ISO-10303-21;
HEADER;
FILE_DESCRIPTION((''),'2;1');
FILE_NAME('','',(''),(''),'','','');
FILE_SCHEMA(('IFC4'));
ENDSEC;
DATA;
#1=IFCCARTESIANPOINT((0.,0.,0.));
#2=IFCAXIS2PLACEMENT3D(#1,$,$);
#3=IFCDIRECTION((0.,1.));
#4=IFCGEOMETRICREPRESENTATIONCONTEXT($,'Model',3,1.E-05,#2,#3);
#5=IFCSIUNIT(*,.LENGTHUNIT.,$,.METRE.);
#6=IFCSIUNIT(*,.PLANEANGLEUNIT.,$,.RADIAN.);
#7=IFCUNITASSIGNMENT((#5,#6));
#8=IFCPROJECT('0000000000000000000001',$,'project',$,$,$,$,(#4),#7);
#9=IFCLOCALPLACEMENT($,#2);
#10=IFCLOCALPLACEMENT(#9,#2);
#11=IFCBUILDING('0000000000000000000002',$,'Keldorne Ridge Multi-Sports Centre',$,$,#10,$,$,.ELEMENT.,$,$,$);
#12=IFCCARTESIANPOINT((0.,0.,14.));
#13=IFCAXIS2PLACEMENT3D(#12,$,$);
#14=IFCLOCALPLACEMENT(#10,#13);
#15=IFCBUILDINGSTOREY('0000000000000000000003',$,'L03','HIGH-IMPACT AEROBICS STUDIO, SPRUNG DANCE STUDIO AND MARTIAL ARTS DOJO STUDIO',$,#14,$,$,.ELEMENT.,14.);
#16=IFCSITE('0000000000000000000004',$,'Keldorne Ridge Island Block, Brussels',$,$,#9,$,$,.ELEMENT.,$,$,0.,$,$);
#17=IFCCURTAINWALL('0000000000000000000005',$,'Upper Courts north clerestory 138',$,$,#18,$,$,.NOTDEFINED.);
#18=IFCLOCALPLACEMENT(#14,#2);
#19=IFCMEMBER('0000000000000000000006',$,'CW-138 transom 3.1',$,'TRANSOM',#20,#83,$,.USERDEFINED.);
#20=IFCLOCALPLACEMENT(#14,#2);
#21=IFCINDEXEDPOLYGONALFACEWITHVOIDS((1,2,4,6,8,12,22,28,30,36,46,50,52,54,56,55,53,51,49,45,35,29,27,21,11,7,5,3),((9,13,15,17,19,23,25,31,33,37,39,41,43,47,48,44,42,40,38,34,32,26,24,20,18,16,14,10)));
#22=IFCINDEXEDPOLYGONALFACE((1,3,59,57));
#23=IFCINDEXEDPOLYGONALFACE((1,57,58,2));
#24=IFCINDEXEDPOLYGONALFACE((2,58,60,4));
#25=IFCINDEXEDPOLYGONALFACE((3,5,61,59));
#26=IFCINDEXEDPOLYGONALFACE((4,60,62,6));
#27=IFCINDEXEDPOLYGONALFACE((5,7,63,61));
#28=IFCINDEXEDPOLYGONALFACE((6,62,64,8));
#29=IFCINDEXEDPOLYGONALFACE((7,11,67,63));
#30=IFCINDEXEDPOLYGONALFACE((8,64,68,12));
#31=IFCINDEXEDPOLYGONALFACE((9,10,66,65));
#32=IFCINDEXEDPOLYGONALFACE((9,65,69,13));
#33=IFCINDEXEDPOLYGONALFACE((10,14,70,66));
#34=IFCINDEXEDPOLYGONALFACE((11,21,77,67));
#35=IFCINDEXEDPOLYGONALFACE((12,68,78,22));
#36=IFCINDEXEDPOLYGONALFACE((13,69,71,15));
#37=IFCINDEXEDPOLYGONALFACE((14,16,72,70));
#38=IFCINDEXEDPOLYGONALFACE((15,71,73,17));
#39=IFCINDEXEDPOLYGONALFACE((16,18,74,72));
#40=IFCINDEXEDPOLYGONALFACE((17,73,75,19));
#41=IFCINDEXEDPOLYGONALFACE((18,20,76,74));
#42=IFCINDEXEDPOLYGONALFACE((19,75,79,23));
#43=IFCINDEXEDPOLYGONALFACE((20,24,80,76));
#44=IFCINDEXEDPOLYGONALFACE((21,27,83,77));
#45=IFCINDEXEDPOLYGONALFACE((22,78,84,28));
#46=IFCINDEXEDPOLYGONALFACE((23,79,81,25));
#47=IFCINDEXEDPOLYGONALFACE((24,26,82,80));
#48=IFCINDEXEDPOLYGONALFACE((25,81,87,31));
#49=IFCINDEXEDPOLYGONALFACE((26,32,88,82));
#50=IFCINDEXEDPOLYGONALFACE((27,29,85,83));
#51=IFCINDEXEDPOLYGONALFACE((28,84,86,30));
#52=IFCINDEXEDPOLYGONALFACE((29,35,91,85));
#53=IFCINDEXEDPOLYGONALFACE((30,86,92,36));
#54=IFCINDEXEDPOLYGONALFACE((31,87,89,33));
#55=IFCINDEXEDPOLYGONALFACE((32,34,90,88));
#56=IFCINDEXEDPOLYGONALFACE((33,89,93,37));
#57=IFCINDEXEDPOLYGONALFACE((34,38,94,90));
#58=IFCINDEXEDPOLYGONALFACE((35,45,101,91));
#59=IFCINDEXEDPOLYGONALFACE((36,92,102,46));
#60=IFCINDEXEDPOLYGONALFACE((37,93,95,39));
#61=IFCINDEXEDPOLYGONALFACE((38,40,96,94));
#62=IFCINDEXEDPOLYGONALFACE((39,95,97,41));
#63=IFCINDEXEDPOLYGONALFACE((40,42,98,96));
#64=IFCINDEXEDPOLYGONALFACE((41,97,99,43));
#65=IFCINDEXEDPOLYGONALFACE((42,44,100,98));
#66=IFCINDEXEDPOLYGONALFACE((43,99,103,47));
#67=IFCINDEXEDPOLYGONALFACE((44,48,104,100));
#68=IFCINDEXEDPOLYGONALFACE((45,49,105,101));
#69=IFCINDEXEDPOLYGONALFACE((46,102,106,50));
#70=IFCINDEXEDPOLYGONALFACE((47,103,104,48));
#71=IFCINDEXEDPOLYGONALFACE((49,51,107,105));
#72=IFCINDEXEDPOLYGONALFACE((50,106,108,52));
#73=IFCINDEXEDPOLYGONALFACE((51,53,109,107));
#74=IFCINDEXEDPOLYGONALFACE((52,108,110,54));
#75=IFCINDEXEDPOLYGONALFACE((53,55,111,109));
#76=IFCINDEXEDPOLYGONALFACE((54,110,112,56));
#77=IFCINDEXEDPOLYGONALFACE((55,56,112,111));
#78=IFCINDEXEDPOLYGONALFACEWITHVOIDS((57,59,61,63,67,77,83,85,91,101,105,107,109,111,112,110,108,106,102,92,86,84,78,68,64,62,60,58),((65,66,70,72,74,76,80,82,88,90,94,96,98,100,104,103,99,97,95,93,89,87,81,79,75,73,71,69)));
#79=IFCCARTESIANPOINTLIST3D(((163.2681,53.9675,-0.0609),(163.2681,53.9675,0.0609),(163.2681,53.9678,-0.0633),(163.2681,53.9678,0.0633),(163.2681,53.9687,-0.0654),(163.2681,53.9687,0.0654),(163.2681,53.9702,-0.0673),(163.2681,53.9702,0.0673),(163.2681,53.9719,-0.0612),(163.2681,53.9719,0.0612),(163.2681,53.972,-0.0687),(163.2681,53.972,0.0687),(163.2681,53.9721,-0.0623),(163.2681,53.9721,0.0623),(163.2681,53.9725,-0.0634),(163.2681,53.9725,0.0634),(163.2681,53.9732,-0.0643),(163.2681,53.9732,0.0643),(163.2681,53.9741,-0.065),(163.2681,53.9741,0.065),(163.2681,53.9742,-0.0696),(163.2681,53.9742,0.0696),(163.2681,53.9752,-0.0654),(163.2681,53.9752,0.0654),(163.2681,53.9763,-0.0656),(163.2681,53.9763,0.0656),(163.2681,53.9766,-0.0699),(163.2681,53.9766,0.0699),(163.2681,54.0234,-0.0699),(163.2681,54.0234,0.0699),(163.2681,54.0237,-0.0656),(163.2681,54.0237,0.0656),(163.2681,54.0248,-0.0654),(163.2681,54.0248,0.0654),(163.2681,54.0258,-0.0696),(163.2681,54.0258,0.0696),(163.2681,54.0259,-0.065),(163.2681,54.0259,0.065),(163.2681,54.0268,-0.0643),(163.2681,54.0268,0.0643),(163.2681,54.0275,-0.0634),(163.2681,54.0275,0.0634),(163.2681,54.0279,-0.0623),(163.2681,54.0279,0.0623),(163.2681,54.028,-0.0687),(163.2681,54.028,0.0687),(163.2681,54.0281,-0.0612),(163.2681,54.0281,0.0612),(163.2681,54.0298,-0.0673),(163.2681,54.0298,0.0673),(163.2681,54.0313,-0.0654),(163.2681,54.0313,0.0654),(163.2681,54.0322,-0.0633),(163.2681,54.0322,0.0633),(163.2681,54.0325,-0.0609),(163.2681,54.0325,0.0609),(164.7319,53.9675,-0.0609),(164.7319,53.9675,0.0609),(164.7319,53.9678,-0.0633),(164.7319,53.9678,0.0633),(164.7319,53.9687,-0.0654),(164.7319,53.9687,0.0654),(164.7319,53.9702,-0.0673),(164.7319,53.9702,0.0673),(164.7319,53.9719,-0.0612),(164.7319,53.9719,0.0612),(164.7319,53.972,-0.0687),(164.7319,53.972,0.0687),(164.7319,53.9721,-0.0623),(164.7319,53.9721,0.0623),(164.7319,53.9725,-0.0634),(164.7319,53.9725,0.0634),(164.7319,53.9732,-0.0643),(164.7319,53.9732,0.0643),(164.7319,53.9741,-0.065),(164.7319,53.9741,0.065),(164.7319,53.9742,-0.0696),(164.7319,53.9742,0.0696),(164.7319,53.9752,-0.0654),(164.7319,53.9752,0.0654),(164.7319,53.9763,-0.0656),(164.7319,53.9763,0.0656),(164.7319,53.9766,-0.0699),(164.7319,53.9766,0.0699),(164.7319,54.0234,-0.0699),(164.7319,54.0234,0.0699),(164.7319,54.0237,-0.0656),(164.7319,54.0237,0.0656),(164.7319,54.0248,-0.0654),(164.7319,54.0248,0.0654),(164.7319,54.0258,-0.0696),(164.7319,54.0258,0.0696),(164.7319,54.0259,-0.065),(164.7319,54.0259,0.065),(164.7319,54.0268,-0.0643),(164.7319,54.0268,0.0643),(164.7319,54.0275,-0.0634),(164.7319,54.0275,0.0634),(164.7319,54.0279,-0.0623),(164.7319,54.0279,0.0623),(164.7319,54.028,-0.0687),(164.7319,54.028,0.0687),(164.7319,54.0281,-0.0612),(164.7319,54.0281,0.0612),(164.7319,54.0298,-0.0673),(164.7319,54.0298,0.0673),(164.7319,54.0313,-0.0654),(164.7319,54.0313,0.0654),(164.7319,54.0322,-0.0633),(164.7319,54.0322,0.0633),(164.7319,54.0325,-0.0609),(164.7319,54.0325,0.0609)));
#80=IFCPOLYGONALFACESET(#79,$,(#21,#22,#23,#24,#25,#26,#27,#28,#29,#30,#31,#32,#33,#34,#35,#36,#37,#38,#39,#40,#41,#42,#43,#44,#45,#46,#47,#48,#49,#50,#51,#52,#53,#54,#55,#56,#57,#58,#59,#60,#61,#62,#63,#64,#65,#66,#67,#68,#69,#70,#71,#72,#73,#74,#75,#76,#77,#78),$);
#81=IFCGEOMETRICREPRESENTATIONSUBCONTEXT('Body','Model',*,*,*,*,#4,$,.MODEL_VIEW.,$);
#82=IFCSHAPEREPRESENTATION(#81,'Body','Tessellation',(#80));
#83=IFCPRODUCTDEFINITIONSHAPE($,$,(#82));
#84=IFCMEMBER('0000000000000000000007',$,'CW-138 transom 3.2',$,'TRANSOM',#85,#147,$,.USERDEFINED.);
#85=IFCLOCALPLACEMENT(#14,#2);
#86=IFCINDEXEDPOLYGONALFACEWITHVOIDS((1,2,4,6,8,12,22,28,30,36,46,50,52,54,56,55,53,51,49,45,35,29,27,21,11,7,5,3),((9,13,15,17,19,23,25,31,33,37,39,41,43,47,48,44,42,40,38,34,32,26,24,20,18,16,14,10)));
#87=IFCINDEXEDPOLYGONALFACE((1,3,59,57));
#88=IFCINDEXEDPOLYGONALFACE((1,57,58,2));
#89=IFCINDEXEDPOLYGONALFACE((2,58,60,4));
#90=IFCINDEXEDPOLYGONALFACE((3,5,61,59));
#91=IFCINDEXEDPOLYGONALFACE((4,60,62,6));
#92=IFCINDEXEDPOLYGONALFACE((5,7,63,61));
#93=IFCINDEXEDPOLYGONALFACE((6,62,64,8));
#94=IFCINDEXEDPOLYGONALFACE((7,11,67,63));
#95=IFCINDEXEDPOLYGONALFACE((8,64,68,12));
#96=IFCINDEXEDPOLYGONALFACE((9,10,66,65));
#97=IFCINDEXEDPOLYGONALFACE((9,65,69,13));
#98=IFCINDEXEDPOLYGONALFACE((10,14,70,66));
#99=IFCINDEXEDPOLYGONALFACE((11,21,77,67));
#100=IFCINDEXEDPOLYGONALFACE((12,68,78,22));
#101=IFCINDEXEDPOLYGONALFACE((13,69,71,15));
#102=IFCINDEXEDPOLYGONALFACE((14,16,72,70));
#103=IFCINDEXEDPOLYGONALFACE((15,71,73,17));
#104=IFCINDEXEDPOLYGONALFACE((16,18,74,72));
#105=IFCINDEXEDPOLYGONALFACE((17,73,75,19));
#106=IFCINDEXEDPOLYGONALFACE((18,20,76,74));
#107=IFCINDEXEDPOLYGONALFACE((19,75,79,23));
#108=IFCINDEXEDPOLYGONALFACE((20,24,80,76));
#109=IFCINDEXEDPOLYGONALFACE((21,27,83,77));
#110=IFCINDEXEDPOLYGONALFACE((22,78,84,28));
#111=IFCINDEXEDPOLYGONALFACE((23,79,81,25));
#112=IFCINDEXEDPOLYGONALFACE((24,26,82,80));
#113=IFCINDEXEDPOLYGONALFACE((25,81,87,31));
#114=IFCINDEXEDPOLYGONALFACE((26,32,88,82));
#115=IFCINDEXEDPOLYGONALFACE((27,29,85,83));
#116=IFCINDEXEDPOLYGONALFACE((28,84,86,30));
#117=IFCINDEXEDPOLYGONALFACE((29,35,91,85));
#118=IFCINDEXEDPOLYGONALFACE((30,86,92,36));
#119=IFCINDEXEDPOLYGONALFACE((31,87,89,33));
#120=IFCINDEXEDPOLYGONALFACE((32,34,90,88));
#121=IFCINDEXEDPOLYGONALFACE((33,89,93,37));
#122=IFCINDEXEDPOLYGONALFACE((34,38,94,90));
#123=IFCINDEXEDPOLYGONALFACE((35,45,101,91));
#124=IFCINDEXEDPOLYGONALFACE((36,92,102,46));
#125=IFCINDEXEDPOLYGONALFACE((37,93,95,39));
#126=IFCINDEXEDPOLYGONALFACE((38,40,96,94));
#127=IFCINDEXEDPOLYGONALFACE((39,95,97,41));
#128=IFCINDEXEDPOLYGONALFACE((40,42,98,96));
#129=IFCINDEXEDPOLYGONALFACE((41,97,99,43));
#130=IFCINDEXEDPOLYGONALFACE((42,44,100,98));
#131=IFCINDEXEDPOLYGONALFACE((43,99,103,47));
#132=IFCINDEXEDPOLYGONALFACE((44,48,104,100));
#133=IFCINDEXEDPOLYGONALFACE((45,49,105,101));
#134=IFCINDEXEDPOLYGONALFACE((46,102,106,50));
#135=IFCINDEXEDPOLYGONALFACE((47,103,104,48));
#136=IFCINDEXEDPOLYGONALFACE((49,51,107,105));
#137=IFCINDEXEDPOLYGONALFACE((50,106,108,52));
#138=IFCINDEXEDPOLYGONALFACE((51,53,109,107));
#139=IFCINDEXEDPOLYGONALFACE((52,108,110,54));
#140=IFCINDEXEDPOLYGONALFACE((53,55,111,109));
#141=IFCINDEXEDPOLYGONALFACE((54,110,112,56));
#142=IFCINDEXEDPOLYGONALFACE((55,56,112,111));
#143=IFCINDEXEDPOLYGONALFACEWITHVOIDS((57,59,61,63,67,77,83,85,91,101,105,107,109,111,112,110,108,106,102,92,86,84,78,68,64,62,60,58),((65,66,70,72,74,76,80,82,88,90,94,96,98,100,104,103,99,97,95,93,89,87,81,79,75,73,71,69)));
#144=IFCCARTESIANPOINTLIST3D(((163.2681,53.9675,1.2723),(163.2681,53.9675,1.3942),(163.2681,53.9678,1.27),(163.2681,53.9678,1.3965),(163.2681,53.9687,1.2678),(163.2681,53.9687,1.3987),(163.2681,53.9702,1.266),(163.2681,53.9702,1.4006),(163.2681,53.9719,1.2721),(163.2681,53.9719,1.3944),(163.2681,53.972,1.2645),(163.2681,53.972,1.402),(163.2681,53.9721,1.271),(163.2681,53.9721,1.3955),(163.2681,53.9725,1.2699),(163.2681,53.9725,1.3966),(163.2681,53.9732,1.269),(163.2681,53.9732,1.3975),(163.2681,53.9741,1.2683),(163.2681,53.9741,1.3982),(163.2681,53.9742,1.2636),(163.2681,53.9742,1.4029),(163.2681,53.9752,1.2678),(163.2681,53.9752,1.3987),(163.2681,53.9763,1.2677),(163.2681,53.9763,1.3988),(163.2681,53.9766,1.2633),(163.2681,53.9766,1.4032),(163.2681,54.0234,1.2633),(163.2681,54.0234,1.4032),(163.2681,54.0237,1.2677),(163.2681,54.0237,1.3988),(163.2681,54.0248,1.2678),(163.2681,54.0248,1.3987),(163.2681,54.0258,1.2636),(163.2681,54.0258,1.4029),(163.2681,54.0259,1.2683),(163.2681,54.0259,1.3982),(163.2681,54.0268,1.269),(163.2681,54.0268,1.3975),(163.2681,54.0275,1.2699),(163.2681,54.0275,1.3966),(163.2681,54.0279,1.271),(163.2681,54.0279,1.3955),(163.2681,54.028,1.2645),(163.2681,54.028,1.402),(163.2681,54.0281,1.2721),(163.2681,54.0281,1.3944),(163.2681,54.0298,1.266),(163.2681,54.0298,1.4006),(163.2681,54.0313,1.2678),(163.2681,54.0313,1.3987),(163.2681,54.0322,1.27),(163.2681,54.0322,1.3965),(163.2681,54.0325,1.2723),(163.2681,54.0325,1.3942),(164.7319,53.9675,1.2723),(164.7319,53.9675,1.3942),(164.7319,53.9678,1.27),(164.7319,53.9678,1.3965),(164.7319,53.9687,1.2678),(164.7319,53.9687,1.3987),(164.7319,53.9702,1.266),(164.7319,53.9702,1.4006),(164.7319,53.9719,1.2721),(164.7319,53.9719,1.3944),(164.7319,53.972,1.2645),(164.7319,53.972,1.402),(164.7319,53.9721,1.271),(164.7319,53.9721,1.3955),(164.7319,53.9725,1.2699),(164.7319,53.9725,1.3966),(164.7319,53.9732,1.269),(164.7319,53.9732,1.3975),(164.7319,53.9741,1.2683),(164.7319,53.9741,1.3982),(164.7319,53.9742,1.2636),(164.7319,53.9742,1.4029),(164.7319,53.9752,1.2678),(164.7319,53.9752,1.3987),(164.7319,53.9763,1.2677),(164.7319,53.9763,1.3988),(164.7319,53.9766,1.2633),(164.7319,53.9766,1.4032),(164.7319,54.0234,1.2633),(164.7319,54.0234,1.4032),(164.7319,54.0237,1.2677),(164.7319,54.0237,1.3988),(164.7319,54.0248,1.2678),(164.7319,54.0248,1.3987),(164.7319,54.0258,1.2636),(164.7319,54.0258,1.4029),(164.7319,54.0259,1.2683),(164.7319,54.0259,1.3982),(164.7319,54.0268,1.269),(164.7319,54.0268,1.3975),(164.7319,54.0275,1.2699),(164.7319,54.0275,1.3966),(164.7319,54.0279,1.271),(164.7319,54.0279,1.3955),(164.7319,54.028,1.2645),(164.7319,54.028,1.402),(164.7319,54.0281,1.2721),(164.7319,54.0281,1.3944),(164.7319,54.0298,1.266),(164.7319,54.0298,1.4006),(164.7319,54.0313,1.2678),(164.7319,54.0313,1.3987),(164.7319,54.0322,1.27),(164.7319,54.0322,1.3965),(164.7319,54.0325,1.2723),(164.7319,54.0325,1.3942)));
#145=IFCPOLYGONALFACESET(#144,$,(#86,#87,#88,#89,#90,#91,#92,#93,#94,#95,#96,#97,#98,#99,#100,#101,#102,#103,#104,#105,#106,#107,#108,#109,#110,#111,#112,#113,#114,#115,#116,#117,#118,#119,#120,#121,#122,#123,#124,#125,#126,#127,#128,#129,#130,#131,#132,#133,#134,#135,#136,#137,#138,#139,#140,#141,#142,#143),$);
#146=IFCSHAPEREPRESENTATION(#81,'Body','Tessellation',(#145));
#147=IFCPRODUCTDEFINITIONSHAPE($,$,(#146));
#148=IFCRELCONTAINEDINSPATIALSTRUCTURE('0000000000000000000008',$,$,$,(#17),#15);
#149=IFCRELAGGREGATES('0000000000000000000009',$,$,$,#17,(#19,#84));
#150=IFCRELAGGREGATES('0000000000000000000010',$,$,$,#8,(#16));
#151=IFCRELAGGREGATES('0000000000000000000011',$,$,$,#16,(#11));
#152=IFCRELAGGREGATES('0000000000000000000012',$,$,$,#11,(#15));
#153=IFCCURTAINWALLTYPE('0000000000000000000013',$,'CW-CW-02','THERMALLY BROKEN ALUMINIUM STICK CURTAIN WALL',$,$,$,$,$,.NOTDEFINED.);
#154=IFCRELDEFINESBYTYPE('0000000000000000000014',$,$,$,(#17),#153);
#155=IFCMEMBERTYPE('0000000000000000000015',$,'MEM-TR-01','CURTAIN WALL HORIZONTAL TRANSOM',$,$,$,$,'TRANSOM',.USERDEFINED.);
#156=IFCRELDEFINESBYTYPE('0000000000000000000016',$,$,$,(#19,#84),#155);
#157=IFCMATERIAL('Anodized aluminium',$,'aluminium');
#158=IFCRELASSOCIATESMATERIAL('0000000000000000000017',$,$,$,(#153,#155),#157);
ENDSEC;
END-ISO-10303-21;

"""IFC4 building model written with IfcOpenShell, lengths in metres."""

from ifc_helpers import new_model, si_unit, direction, frame, origin, origin_2d, place, context, subcontext, project, spatial, hollow_rectangle, extrude, material, material_profile, profile_set, type_object, element, aggregate, save


model = new_model("IFC4")

# Units and contexts
model_context = context("Model", 3, precision=1e-05, world=origin(), true_north=direction((0.0, 1.0)))
body_context = subcontext(model_context, "Body", "Model", "MODEL_VIEW")
ifc_project = project(units=[si_unit("LENGTHUNIT", "METRE"), si_unit("PLANEANGLEUNIT", "RADIAN")], contexts=[model_context])

# Site, building, storey
site_placement = place(None, origin())
site = spatial("IfcSite", under=ifc_project, at=site_placement, Name="Keldorne Ridge Island Block, Brussels", CompositionType="ELEMENT", RefElevation=0.0)
building_placement = place(site_placement, origin())
building = spatial("IfcBuilding", under=site, at=building_placement, Name="Keldorne Ridge Multi-Sports Centre", CompositionType="ELEMENT")
storey_placement = place(building_placement, frame((0.0, 0.0, 14.0)))
storey = spatial("IfcBuildingStorey", under=building, at=storey_placement, Name="L03", Description="HIGH-IMPACT AEROBICS STUDIO, SPRUNG DANCE STUDIO AND MARTIAL ARTS DOJO STUDIO", CompositionType="ELEMENT", Elevation=14.0)

# Curtain wall, members
ifc_material_1 = material(Name="Anodized aluminium", Category="aluminium")
curtain_wall_type = type_object("IfcCurtainWallType", Name="CW-CW-02", Description="THERMALLY BROKEN ALUMINIUM STICK CURTAIN WALL", PredefinedType="NOTDEFINED", material=ifc_material_1)
curtain_wall_placement = place(storey_placement, origin())
curtain_wall = element("IfcCurtainWall", 1, at=curtain_wall_placement, inside=storey, type_object=curtain_wall_type, Name="Upper Courts north clerestory 138", PredefinedType="NOTDEFINED")
ifc_material_profile_1 = material_profile(ifc_material_1, hollow_rectangle(XDim=0.0649, YDim=0.1399, WallThickness=0.0044, InnerFilletRadius=0.0044, OuterFilletRadius=0.009, at=origin_2d()), Name="ALU TRANSOM 140x65x4.5")
ifc_profile_set_1 = profile_set([ifc_material_profile_1], Name="Anodized aluminium")
member_type_1 = type_object("IfcMemberType", Name="MEM-TR-01", Description="CURTAIN WALL HORIZONTAL TRANSOM", ElementType="TRANSOM", PredefinedType="USERDEFINED", material=ifc_profile_set_1)
member_1_placement = place(storey_placement, frame((164.7319, 54.0, 0.0), z_axis=(-1.0, 0.0, 0.0), x_axis=(0.0, -1.0, 0.0)))
member_1 = element("IfcMember", 2, at=member_1_placement, type_object=member_type_1, Name="CW-138 transom 3.1", ObjectType="TRANSOM", PredefinedType="USERDEFINED", context=body_context, shape_type="SweptSolid", body=[
    extrude(hollow_rectangle(XDim=0.0649, YDim=0.1399, WallThickness=0.0044, InnerFilletRadius=0.0044, OuterFilletRadius=0.009, at=origin_2d()), origin(), (0.0, 0.0, 1.0), 1.4639),
])
member_2_placement = place(storey_placement, frame((164.7319, 54.0, 1.3333), z_axis=(-1.0, 0.0, 0.0), x_axis=(0.0, -1.0, 0.0)))
member_2 = element("IfcMember", 3, at=member_2_placement, type_object=member_type_1, Name="CW-138 transom 3.2", ObjectType="TRANSOM", PredefinedType="USERDEFINED", context=body_context, shape_type="SweptSolid", body=[
    extrude(hollow_rectangle(XDim=0.0649, YDim=0.1399, WallThickness=0.0044, InnerFilletRadius=0.0044, OuterFilletRadius=0.009, at=origin_2d()), origin(), (0.0, 0.0, 1.0), 1.4639),
])

aggregate(curtain_wall, [member_1, member_2])

save(model, "model.ifc")
